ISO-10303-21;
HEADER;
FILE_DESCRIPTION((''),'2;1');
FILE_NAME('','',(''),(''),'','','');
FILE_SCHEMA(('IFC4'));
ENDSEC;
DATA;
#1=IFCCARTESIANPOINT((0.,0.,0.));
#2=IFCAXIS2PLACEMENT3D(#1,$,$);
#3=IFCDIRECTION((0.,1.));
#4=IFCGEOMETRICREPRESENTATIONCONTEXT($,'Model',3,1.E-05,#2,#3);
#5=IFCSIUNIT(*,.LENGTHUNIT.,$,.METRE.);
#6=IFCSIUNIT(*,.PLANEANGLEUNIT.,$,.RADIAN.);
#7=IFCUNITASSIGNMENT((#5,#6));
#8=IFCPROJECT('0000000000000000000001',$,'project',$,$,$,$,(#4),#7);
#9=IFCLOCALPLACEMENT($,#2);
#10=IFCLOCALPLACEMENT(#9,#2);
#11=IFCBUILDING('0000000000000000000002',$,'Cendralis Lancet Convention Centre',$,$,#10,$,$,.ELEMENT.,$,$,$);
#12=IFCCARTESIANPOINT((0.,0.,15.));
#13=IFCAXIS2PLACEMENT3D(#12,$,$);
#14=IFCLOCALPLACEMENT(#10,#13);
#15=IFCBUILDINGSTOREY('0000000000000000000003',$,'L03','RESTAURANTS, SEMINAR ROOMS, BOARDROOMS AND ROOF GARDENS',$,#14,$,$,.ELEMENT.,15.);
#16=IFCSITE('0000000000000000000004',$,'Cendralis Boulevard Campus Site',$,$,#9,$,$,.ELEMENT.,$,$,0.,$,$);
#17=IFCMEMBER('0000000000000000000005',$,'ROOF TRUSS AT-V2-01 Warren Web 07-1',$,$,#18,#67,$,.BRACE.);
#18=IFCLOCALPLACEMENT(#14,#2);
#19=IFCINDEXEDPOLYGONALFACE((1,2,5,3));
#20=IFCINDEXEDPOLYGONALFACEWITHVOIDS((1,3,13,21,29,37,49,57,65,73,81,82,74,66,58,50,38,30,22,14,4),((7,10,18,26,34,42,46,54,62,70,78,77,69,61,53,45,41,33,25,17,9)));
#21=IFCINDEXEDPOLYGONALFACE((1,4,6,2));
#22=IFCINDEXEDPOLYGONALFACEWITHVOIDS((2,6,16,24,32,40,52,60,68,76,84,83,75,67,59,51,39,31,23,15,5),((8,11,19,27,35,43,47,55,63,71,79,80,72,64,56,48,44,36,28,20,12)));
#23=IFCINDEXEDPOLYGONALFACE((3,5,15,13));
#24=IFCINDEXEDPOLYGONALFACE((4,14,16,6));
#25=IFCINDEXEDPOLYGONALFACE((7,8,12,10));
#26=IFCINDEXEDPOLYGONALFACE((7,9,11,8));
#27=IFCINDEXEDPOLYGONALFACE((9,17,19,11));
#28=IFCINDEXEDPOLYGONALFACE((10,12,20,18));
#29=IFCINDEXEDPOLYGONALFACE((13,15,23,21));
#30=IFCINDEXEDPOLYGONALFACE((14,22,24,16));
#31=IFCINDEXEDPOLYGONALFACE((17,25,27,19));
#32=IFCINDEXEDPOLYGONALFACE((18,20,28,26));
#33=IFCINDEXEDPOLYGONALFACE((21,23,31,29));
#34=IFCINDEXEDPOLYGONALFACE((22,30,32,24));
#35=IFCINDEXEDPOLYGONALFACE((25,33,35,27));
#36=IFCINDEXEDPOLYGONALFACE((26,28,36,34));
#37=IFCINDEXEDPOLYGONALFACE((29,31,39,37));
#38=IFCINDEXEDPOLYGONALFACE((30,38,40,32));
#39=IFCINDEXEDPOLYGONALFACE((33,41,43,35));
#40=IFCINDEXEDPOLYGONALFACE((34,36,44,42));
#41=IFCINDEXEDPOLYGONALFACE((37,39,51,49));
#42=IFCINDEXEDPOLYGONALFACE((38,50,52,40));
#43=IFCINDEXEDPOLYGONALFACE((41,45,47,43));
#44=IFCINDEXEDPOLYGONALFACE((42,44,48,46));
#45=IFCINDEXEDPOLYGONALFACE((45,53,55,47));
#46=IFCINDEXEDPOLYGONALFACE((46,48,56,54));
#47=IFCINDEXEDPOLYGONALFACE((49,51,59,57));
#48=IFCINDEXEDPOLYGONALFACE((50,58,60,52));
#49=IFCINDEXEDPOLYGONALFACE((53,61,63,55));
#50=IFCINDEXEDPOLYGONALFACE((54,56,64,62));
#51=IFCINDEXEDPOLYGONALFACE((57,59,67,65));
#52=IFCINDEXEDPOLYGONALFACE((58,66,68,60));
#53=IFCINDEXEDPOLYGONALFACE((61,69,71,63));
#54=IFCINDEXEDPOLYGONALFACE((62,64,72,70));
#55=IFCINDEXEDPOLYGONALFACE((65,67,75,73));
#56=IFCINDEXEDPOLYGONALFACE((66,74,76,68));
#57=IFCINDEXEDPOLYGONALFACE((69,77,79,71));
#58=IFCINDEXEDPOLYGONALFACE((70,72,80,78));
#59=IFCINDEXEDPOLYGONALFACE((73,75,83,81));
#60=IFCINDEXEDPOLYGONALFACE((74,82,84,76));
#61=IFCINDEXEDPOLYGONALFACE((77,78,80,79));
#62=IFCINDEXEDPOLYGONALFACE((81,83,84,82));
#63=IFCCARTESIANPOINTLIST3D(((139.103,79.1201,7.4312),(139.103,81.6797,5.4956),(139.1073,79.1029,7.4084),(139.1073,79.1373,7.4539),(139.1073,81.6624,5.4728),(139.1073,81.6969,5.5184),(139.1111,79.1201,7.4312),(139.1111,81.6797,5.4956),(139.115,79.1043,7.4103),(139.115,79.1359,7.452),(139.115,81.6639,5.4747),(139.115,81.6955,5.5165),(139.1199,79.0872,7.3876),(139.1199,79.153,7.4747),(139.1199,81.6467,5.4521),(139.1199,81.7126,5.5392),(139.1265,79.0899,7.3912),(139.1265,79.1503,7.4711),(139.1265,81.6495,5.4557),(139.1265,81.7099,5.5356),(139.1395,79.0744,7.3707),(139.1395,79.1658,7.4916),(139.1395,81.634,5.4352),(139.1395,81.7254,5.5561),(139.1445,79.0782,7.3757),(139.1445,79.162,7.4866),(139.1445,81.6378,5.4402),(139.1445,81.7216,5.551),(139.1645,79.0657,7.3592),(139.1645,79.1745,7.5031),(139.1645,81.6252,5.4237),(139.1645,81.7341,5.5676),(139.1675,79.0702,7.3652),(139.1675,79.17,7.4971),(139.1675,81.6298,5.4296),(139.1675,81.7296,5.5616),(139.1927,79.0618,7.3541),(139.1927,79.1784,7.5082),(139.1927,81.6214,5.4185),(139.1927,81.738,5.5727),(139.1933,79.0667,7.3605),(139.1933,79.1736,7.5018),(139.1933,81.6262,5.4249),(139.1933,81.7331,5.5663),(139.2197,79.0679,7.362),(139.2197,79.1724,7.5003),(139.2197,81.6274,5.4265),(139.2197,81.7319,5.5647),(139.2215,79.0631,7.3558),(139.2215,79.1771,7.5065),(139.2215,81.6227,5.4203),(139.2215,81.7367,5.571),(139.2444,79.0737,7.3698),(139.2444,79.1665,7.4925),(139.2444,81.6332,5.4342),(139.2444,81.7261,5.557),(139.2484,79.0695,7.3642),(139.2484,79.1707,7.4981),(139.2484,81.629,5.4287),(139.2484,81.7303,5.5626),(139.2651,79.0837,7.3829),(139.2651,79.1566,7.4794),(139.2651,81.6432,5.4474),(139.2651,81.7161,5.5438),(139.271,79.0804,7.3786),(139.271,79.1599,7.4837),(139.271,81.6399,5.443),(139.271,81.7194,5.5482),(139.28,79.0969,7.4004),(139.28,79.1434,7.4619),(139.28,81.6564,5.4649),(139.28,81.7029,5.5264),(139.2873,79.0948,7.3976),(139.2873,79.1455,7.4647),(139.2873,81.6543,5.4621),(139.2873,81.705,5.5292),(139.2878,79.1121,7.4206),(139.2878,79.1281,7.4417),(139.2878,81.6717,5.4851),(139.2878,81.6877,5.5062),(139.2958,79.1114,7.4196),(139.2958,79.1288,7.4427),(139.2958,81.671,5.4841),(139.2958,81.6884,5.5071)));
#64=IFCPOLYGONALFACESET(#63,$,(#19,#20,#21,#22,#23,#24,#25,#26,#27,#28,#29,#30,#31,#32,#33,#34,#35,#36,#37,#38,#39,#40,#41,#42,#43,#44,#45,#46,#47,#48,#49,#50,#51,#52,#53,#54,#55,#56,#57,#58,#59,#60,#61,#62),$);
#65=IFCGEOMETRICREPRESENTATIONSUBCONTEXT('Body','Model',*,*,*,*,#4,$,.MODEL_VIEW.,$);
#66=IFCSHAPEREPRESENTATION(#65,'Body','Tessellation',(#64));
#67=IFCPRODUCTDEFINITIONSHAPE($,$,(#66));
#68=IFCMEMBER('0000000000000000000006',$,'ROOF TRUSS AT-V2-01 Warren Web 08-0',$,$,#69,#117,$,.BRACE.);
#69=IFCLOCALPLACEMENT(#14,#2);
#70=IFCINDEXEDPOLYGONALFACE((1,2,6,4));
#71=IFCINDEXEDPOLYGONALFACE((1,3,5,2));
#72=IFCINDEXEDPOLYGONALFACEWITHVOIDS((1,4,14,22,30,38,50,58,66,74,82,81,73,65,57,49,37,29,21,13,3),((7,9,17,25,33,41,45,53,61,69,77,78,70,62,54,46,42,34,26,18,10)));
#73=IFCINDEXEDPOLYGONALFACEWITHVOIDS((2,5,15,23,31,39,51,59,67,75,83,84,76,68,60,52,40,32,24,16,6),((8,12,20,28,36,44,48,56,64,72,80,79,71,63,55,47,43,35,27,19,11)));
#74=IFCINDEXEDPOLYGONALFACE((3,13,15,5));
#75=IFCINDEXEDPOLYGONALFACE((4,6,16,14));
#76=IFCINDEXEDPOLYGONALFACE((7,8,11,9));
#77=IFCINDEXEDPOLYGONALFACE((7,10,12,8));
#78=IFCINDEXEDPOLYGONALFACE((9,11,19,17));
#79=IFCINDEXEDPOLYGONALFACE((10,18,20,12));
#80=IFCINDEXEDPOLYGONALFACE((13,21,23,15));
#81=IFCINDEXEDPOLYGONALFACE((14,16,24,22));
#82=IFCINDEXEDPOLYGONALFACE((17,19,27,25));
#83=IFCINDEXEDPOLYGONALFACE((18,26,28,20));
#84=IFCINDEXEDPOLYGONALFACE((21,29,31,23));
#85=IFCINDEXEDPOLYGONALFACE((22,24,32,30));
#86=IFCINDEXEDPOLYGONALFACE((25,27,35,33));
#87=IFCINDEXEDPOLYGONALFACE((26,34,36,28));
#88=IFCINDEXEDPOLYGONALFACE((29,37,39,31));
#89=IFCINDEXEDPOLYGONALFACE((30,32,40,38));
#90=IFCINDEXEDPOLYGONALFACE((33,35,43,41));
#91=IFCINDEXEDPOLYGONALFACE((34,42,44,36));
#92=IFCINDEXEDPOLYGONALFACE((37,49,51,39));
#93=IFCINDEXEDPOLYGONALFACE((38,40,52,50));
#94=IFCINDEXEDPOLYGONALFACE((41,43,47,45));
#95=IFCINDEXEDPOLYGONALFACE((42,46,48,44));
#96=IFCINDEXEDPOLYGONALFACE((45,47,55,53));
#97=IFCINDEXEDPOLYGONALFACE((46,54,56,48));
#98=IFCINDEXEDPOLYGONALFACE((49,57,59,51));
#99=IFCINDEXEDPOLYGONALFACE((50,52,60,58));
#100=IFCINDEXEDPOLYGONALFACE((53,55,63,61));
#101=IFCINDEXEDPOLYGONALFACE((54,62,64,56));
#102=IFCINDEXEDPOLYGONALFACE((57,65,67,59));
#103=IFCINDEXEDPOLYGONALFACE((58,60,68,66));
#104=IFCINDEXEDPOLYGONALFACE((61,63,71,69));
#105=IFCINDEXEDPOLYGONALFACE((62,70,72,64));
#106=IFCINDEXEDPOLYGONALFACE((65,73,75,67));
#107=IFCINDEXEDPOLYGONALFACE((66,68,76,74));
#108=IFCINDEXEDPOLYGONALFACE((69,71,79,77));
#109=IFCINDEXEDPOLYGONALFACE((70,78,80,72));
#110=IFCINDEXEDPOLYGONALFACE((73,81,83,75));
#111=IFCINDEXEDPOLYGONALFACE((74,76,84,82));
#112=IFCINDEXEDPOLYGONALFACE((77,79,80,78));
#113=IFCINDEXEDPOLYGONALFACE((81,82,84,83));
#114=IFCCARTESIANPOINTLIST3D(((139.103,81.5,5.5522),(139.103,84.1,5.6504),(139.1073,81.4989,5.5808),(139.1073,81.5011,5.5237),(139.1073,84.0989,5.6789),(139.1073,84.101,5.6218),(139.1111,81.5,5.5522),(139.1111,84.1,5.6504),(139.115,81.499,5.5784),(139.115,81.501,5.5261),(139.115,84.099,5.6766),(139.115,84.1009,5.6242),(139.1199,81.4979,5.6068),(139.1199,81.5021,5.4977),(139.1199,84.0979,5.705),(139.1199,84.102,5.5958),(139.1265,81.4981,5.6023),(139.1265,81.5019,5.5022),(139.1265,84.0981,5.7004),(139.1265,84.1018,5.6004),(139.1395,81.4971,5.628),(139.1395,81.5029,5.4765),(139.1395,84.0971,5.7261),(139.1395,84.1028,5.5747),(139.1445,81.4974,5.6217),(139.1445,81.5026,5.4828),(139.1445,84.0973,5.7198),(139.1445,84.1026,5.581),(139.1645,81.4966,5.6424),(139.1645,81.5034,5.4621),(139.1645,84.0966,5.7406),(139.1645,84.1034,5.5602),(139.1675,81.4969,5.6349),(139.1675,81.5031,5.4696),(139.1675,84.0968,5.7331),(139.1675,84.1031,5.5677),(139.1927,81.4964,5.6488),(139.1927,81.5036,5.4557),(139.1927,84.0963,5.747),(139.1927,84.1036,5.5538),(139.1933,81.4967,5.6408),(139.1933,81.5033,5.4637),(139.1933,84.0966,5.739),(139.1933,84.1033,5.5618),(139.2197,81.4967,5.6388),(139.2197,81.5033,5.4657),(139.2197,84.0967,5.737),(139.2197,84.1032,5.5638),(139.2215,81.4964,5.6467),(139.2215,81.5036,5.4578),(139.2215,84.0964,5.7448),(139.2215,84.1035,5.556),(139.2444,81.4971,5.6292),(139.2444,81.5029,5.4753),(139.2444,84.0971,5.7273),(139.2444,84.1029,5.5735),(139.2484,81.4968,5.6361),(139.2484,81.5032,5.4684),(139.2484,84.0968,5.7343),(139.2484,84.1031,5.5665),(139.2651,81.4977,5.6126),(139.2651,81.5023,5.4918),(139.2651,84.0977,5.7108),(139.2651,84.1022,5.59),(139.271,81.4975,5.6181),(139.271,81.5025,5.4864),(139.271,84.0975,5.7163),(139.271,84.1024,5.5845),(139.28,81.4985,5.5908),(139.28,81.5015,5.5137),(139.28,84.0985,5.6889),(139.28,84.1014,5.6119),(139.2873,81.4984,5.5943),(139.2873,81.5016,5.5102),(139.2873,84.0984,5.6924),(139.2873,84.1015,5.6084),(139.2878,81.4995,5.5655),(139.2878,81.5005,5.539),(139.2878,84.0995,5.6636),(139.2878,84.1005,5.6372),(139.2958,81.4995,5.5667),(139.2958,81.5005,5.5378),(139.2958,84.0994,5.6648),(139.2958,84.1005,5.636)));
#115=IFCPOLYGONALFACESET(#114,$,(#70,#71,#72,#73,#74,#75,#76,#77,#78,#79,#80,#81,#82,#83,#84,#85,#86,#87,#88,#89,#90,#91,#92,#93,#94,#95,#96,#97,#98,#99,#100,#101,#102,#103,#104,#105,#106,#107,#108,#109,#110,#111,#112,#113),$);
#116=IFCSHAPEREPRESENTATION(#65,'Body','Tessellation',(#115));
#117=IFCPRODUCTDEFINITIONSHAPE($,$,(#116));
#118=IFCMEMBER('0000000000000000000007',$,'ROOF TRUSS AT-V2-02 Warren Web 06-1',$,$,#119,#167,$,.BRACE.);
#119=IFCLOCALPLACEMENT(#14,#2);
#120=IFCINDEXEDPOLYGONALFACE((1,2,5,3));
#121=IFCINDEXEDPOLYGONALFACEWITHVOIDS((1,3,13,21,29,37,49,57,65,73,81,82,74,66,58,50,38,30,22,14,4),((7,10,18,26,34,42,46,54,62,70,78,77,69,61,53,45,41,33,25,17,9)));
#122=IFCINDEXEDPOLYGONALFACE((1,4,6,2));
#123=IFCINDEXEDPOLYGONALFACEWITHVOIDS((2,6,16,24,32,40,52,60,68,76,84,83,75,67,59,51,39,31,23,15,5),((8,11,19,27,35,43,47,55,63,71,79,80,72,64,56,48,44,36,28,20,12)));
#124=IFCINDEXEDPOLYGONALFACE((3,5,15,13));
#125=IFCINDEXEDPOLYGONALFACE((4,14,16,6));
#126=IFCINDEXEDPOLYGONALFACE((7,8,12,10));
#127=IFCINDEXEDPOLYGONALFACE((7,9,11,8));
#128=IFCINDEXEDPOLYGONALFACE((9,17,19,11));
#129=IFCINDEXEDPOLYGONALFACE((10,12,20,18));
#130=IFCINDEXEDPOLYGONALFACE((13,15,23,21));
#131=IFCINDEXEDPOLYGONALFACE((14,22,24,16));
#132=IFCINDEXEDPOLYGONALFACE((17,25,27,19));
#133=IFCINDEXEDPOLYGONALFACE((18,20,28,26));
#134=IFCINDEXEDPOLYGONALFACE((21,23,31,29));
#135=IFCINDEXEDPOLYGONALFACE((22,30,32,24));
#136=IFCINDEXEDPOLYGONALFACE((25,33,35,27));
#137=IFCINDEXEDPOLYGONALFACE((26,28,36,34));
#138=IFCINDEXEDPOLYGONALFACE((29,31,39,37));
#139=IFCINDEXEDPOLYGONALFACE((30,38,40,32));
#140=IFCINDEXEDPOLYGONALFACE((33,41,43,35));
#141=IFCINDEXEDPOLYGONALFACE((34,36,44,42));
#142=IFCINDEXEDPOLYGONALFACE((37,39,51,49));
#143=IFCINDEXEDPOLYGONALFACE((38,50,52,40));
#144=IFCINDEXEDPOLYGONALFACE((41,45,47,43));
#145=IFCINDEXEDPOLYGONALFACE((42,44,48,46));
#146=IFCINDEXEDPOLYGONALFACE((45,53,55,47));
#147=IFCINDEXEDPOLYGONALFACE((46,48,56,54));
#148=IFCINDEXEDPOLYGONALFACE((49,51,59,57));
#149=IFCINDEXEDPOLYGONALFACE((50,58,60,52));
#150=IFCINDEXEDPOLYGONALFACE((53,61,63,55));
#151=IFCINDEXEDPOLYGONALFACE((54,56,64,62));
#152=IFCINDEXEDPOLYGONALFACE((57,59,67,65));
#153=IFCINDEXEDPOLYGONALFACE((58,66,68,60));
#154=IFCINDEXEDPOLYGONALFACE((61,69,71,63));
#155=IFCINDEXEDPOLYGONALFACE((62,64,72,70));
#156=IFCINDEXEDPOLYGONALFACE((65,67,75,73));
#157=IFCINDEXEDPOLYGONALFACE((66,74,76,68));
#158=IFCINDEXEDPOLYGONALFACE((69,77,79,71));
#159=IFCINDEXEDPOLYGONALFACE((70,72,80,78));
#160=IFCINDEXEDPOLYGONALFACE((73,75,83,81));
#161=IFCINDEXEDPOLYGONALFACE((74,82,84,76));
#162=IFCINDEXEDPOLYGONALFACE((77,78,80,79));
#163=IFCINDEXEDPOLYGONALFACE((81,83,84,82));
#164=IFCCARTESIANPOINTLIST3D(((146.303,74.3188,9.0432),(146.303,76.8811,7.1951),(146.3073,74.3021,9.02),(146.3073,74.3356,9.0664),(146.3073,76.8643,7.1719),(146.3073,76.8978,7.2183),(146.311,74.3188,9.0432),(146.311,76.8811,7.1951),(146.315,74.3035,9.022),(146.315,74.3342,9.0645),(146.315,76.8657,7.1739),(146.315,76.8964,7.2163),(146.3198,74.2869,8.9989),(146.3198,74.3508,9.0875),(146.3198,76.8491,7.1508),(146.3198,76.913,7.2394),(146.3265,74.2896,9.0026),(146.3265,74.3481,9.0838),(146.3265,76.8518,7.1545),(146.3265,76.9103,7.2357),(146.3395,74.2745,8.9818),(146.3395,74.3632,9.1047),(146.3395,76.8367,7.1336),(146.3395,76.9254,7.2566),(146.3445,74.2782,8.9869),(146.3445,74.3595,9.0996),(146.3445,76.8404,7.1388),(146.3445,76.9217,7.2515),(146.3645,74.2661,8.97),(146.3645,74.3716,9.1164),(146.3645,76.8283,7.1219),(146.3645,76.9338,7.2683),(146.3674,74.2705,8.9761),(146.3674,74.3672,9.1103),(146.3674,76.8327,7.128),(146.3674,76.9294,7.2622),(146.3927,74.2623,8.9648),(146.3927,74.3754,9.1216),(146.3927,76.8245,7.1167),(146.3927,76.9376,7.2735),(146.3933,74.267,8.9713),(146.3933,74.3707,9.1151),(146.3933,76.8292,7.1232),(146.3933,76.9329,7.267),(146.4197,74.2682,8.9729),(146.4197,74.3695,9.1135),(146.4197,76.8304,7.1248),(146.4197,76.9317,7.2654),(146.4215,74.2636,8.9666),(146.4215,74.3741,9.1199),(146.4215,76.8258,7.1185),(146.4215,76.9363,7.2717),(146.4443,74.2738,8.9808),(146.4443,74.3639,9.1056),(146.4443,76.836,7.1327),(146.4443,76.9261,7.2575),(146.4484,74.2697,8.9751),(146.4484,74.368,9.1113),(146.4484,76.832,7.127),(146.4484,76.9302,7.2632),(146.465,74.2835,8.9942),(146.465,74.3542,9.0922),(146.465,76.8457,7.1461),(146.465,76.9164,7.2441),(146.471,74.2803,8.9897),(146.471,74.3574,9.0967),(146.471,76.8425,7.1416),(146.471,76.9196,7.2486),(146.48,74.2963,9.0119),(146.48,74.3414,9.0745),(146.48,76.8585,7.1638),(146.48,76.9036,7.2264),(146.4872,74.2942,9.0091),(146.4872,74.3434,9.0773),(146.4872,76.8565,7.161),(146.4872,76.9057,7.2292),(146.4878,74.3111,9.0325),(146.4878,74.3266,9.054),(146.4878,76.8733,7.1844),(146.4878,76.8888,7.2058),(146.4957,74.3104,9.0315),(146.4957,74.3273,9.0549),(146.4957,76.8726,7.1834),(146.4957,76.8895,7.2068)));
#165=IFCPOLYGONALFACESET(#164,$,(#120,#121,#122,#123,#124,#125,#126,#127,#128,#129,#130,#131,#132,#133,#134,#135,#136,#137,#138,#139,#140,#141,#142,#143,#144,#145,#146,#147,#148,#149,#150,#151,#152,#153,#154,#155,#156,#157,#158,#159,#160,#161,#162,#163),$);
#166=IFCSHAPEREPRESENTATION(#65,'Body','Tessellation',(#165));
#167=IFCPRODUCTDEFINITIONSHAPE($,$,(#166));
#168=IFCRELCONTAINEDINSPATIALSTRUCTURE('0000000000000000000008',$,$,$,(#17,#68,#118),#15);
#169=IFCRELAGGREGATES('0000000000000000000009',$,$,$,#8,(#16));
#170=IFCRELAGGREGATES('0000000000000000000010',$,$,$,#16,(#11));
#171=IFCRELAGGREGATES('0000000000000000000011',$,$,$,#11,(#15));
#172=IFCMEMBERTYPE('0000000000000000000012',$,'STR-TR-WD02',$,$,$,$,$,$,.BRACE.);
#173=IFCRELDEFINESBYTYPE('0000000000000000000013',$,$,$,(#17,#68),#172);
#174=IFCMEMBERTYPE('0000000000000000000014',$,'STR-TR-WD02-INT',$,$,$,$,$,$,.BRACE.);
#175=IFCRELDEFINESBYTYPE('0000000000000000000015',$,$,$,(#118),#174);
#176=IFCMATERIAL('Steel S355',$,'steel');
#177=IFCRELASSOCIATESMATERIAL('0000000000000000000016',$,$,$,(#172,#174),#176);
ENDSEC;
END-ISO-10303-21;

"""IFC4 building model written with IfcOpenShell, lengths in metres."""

from ifc_helpers import new_model, si_unit, direction, frame, origin, origin_2d, place, context, subcontext, project, spatial, hollow_circle, extrude, material, material_profile, profile_set, type_object, element, save


model = new_model("IFC4")

# Units and contexts
model_context = context("Model", 3, precision=1e-05, world=origin(), true_north=direction((0.0, 1.0)))
body_context = subcontext(model_context, "Body", "Model", "MODEL_VIEW")
ifc_project = project(units=[si_unit("LENGTHUNIT", "METRE"), si_unit("PLANEANGLEUNIT", "RADIAN")], contexts=[model_context])

# Site, building, storey
site_placement = place(None, origin())
site = spatial("IfcSite", under=ifc_project, at=site_placement, Name="Cendralis Boulevard Campus Site", CompositionType="ELEMENT", RefElevation=0.0)
building_placement = place(site_placement, origin())
building = spatial("IfcBuilding", under=site, at=building_placement, Name="Cendralis Lancet Convention Centre", CompositionType="ELEMENT")
storey_placement = place(building_placement, frame((0.0, 0.0, 15.0)))
storey = spatial("IfcBuildingStorey", under=building, at=storey_placement, Name="L03", Description="RESTAURANTS, SEMINAR ROOMS, BOARDROOMS AND ROOF GARDENS", CompositionType="ELEMENT", Elevation=15.0)

# Shared definitions
ifc_material_1 = material(Name="Steel S355", Category="steel")

# Members
ifc_material_profile_1 = material_profile(ifc_material_1, hollow_circle(Radius=0.0969, WallThickness=0.0081, at=origin_2d()), Name="CHS 193.7x8.0")
ifc_profile_set_1 = profile_set([ifc_material_profile_1], Name="Steel S355")
member_type_1 = type_object("IfcMemberType", Name="STR-TR-WD02", PredefinedType="BRACE", material=ifc_profile_set_1)
member_1_placement = place(storey_placement, frame((139.2, 79.1201, 7.4312), z_axis=(0.0, 0.79762, -0.60316), x_axis=(-1.0, 0.0, 0.0)))
element("IfcMember", 1, at=member_1_placement, inside=storey, type_object=member_type_1, Name="ROOF TRUSS AT-V2-01 Warren Web 07-1", PredefinedType="BRACE", context=body_context, shape_type="SweptSolid", body=[
    extrude(hollow_circle(Radius=0.0969, WallThickness=0.0081, at=origin_2d()), origin(), (0.0, 0.0, 1.0), 3.209),
])
member_2_placement = place(storey_placement, frame((139.2, 81.5, 5.5522), z_axis=(0.0, 0.999288, 0.037723), x_axis=(-1.0, 0.0, 0.0)))
element("IfcMember", 2, at=member_2_placement, inside=storey, type_object=member_type_1, Name="ROOF TRUSS AT-V2-01 Warren Web 08-0", PredefinedType="BRACE", context=body_context, shape_type="SweptSolid", body=[
    extrude(hollow_circle(Radius=0.0969, WallThickness=0.0081, at=origin_2d()), origin(), (0.0, 0.0, 1.0), 2.6018),
])
ifc_material_profile_2 = material_profile(ifc_material_1, hollow_circle(Radius=0.0969, WallThickness=0.0081, at=origin_2d()), Name="CHS 193.7x8.0")
ifc_profile_set_2 = profile_set([ifc_material_profile_2], Name="Steel S355")
member_type_2 = type_object("IfcMemberType", Name="STR-TR-WD02-INT", PredefinedType="BRACE", material=ifc_profile_set_2)
member_3_placement = place(storey_placement, frame((146.3999, 74.3188, 9.0432), z_axis=(0.0, 0.811036, -0.584997), x_axis=(-1.0, 0.0, 0.0)))
element("IfcMember", 3, at=member_3_placement, inside=storey, type_object=member_type_2, Name="ROOF TRUSS AT-V2-02 Warren Web 06-1", PredefinedType="BRACE", context=body_context, shape_type="SweptSolid", body=[
    extrude(hollow_circle(Radius=0.0969, WallThickness=0.0081, at=origin_2d()), origin(), (0.0, 0.0, 1.0), 3.1592),
])

save(model, "model.ifc")
